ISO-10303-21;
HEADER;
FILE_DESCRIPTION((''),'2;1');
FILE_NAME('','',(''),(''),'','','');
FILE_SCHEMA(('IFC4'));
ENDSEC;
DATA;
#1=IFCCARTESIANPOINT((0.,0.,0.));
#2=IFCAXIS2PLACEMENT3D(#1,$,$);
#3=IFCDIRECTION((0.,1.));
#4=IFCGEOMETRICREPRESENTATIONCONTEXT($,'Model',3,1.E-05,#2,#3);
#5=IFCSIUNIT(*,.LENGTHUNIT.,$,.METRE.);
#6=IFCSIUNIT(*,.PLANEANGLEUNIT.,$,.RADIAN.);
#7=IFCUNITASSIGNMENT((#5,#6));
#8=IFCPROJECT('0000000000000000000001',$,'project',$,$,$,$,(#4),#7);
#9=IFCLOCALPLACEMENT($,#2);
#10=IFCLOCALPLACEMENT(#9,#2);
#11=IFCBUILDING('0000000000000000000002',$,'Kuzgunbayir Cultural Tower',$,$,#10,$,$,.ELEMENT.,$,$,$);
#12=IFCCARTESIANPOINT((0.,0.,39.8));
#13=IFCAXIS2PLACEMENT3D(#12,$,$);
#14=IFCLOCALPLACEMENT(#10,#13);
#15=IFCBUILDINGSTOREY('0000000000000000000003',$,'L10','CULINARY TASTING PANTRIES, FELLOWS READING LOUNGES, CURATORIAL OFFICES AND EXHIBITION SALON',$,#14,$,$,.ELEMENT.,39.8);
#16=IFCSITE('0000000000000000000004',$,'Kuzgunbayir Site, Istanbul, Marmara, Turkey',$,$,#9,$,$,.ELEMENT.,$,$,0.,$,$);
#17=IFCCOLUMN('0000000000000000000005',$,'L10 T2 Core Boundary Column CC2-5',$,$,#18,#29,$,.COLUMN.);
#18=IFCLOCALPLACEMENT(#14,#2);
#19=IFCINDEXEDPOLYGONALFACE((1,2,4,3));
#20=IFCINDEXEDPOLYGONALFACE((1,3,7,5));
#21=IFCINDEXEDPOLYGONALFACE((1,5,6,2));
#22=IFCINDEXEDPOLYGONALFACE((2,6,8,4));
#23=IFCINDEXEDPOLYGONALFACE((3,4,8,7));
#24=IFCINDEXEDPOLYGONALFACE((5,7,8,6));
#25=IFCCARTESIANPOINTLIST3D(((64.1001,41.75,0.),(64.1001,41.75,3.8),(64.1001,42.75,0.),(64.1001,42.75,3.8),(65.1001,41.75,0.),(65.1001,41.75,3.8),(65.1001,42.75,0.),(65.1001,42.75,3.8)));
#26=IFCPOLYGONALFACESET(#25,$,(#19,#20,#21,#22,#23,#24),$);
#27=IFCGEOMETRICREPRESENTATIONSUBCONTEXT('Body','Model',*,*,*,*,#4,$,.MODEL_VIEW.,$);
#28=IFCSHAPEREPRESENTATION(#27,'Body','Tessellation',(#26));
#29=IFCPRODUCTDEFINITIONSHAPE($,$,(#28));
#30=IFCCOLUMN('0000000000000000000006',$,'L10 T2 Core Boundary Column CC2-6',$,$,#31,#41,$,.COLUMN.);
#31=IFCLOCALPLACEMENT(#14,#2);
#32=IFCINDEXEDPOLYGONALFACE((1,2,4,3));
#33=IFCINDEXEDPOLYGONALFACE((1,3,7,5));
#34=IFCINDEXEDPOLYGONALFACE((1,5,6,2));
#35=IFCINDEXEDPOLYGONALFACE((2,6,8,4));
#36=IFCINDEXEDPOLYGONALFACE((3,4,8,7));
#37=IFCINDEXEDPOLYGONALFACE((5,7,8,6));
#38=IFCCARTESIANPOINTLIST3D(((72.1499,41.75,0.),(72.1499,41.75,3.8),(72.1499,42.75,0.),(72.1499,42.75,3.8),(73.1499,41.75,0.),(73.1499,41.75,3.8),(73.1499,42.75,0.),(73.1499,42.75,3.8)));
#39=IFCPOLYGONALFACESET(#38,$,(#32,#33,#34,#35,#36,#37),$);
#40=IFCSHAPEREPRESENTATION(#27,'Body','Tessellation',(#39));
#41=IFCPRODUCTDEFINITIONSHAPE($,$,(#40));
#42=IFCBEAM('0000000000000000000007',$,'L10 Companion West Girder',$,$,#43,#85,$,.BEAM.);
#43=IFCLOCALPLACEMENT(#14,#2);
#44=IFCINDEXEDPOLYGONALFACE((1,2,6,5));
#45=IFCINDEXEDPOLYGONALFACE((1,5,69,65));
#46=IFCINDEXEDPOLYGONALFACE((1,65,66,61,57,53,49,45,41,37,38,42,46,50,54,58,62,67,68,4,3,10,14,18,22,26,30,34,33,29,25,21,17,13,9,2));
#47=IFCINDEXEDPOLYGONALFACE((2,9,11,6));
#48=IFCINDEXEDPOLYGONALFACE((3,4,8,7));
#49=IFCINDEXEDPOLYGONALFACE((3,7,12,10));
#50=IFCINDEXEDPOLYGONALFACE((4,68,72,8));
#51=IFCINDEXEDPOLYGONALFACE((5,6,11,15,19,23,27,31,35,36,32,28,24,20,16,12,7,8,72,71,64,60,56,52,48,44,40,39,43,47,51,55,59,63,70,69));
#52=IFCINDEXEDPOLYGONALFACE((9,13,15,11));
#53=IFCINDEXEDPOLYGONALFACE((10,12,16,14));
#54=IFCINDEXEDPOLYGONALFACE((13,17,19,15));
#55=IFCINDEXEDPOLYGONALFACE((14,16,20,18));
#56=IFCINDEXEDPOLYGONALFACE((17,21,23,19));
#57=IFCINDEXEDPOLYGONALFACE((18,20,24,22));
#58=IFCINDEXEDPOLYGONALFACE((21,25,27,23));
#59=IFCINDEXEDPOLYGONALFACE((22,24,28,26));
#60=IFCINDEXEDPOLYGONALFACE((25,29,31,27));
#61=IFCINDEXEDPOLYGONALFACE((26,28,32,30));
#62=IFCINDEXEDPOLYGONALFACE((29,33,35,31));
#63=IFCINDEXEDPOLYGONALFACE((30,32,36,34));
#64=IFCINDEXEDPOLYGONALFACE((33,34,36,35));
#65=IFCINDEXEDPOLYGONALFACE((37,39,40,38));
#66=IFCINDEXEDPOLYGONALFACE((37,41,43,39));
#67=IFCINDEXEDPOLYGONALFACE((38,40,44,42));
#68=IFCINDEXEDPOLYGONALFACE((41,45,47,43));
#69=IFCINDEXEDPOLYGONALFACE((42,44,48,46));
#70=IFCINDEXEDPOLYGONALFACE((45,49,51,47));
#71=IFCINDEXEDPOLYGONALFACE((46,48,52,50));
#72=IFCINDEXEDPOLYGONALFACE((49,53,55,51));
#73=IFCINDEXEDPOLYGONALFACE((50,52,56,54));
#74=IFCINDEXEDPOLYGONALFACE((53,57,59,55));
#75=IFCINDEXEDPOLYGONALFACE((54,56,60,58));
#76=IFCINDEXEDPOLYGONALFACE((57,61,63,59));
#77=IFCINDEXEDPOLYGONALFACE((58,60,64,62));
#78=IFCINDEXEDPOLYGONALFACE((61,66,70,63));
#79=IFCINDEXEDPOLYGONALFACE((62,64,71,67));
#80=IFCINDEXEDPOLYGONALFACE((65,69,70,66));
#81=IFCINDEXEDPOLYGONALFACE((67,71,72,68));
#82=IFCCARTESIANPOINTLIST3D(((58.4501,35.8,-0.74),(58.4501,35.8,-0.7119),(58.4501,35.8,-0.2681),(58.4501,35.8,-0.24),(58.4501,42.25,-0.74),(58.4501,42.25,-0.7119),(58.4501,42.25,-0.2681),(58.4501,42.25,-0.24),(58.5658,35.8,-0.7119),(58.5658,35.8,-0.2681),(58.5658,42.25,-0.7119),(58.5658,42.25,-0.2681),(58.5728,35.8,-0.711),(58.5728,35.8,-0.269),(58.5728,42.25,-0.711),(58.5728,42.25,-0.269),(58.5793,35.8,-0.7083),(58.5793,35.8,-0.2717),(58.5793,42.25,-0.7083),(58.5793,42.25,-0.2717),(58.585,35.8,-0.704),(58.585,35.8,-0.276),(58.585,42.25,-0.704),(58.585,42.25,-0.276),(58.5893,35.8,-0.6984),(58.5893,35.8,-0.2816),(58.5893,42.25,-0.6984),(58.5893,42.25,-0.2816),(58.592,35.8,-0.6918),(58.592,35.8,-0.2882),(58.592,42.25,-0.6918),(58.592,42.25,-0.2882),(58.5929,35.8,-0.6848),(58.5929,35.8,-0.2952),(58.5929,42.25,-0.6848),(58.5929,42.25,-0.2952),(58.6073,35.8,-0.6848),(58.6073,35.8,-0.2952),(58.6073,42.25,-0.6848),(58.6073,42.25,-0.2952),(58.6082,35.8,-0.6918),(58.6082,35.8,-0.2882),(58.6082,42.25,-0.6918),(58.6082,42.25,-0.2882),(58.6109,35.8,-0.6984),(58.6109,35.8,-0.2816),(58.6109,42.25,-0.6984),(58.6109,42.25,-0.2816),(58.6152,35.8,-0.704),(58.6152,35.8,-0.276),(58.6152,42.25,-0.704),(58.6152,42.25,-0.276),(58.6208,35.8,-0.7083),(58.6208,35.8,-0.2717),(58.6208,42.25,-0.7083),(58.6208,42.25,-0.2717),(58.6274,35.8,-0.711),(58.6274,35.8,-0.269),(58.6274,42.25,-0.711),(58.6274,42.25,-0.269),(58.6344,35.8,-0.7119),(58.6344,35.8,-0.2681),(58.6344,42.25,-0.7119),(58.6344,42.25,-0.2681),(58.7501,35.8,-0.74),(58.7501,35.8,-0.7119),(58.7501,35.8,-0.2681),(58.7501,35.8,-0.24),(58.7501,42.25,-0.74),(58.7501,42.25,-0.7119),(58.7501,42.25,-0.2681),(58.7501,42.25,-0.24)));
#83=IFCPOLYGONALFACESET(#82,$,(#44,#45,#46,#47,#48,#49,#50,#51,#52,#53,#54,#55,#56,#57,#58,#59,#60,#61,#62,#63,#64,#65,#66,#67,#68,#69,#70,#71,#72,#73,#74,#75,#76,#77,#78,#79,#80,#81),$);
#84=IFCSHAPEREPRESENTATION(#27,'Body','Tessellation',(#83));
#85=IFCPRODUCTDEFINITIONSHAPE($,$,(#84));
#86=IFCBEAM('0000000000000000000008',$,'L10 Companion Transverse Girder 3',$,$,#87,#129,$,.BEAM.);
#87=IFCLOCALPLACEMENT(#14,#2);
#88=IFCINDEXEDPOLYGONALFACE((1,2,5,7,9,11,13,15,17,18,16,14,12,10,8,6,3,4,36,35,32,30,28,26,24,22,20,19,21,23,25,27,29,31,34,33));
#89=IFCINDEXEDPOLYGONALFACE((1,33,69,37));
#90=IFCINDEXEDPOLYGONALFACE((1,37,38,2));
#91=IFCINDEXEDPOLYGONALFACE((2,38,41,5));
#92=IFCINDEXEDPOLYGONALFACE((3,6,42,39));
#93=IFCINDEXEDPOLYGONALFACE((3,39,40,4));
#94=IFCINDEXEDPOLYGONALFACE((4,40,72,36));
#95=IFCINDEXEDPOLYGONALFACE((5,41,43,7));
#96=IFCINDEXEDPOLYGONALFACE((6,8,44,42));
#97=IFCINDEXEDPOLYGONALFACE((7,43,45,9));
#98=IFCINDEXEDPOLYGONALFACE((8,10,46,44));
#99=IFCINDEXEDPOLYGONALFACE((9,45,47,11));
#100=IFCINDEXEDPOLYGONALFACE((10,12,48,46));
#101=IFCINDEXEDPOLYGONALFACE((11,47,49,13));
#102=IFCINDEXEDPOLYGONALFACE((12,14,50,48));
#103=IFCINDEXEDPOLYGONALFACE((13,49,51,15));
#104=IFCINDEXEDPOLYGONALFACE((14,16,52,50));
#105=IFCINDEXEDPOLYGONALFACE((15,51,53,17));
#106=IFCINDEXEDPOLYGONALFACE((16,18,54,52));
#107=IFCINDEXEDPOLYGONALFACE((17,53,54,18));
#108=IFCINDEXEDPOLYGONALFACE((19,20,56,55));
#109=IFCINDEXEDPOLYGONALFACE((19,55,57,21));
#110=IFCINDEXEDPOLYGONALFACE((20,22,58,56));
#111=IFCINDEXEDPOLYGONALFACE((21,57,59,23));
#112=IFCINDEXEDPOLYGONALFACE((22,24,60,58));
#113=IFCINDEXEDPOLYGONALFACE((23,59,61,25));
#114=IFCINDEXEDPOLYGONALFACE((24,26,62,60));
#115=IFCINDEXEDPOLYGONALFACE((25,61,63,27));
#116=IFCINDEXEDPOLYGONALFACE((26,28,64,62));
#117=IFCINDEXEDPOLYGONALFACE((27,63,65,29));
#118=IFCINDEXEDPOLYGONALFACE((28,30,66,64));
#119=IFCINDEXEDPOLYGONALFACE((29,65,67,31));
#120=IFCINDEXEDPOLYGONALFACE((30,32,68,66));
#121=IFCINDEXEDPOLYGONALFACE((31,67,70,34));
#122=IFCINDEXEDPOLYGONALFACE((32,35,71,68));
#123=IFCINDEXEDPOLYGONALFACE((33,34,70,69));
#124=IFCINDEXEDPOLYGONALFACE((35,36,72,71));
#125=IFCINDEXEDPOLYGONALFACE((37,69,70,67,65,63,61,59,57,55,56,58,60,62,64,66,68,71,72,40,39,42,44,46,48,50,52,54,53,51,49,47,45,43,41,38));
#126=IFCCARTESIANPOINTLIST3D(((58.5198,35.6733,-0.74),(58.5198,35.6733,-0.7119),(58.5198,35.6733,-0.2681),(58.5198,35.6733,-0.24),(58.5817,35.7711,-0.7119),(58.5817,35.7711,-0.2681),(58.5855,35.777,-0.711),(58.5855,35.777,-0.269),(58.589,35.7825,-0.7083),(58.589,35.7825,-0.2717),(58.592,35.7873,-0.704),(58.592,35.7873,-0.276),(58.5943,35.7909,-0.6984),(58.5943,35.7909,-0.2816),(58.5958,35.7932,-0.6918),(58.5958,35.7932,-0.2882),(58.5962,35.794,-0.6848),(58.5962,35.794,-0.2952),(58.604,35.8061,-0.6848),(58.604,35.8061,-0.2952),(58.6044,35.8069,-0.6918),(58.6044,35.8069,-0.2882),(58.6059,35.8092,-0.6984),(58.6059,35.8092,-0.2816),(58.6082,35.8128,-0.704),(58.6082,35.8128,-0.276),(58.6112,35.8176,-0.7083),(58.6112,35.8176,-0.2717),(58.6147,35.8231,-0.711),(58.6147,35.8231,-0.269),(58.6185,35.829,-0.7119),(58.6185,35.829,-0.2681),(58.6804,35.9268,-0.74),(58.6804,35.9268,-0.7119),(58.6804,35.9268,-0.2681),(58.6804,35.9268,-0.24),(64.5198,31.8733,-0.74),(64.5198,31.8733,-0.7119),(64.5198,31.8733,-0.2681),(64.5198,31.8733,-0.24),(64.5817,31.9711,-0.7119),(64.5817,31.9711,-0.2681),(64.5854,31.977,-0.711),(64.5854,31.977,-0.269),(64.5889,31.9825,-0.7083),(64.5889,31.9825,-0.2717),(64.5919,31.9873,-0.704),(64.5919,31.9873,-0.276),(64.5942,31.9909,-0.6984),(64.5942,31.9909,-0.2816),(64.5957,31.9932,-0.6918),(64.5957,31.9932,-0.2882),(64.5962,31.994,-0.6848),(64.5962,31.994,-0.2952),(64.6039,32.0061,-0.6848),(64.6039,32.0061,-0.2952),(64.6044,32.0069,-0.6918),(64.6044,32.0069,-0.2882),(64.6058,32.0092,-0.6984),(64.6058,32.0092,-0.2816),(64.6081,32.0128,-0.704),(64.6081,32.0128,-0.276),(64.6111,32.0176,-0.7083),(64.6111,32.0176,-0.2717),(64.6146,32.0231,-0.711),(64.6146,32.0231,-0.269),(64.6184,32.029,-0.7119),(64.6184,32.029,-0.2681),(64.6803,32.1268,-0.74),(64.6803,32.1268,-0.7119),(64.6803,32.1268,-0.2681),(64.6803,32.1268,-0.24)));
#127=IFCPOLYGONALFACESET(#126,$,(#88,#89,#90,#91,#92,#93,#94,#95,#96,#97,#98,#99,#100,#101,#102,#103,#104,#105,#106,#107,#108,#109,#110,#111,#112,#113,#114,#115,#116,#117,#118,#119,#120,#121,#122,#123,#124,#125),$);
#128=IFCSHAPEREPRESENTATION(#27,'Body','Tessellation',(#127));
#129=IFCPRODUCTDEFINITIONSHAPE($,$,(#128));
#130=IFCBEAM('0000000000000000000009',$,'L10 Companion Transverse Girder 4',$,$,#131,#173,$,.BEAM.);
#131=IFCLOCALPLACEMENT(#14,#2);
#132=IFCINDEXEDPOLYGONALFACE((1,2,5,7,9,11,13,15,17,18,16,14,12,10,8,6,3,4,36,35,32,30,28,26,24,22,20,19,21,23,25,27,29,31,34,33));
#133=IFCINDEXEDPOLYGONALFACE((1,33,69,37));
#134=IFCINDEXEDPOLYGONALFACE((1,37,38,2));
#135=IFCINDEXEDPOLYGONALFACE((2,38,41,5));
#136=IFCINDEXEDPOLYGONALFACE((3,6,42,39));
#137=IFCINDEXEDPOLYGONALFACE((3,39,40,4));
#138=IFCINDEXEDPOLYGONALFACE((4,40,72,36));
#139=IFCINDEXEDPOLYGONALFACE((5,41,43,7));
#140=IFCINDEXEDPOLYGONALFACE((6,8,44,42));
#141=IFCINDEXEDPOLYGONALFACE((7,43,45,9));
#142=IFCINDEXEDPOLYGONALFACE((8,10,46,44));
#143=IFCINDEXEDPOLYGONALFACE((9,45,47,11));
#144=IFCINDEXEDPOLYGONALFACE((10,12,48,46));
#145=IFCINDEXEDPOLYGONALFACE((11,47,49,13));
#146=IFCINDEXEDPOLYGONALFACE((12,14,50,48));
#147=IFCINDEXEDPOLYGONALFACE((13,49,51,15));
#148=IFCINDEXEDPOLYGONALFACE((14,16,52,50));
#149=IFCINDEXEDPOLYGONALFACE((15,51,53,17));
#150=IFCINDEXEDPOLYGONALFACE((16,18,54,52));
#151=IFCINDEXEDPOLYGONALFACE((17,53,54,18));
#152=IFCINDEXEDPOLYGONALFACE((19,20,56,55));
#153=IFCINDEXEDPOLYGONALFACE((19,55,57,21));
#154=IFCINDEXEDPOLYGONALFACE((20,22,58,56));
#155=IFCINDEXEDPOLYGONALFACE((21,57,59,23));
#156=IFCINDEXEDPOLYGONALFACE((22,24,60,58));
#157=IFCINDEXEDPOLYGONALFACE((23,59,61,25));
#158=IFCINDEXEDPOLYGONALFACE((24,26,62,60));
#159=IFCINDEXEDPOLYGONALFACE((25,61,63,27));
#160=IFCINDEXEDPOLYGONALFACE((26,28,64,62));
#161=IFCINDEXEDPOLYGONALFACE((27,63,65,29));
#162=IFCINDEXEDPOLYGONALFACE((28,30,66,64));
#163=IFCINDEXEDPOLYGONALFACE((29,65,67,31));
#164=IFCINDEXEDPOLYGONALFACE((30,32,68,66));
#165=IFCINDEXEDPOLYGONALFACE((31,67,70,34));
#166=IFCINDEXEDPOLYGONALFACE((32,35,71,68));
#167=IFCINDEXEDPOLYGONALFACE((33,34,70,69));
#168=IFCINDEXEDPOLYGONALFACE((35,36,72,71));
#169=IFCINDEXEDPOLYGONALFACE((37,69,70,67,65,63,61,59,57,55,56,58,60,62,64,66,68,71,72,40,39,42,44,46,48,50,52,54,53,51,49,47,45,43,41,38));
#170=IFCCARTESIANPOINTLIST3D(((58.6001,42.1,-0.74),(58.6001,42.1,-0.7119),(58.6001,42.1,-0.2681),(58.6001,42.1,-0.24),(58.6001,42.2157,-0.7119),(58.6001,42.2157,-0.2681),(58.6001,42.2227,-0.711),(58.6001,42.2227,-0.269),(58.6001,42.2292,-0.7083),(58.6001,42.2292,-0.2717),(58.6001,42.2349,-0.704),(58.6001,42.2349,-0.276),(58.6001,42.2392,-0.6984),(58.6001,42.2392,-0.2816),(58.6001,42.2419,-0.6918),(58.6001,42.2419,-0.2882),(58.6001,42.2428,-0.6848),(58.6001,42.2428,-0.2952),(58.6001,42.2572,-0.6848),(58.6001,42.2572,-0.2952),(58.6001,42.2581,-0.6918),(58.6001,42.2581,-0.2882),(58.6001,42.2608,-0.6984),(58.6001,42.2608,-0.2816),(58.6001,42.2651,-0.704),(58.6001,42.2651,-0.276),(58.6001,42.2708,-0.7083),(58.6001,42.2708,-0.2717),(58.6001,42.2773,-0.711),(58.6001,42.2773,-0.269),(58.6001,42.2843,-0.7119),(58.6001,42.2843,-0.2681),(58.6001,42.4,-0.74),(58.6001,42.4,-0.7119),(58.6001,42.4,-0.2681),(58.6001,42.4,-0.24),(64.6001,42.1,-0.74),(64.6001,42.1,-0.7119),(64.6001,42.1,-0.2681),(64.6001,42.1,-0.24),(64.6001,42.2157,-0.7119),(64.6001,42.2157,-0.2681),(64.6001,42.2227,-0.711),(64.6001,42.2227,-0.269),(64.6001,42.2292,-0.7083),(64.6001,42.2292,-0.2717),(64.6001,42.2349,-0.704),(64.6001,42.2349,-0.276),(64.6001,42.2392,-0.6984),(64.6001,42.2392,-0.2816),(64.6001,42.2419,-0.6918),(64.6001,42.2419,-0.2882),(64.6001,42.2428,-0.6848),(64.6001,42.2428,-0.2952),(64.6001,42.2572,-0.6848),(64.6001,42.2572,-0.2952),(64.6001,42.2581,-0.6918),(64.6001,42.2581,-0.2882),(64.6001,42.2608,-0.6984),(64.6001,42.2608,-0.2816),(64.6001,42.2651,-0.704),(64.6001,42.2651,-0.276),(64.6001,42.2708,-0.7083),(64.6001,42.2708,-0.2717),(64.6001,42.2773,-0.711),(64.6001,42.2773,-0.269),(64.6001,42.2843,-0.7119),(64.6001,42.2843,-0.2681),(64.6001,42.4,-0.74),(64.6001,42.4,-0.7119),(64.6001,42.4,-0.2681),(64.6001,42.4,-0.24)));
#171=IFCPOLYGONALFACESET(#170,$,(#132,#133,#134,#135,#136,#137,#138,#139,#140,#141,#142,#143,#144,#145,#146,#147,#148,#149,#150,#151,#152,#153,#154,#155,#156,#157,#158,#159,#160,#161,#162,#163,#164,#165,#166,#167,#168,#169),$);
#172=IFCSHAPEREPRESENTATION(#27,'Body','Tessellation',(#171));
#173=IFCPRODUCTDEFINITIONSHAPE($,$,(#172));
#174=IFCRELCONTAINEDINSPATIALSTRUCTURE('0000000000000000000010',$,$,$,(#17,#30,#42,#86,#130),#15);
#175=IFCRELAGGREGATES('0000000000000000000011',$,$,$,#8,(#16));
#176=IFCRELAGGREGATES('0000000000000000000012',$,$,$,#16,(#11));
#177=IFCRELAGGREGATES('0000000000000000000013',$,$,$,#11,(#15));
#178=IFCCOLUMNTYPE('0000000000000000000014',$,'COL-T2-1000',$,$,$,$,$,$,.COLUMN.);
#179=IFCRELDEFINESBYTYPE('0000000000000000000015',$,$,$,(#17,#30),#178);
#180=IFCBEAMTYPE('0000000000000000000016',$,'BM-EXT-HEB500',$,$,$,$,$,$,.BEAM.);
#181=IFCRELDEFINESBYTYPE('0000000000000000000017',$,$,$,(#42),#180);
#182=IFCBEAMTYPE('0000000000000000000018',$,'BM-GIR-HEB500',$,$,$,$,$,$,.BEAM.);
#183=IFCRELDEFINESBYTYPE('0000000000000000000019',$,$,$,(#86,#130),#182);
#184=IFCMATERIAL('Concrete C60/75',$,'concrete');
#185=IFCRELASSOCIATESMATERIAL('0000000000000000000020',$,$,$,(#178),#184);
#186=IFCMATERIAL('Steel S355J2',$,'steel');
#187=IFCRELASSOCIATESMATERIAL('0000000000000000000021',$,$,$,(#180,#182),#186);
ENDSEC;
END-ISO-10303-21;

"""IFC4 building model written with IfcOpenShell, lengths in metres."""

from ifc_helpers import new_model, si_unit, direction, frame, origin, origin_2d, place, context, subcontext, project, spatial, rectangle, i_section, extrude, material, material_profile, profile_set, type_object, element, save


model = new_model("IFC4")

# Units and contexts
model_context = context("Model", 3, precision=1e-05, world=origin(), true_north=direction((0.0, 1.0)))
body_context = subcontext(model_context, "Body", "Model", "MODEL_VIEW")
ifc_project = project(units=[si_unit("LENGTHUNIT", "METRE"), si_unit("PLANEANGLEUNIT", "RADIAN")], contexts=[model_context])

# Site, building, storey
site_placement = place(None, origin())
site = spatial("IfcSite", under=ifc_project, at=site_placement, Name="Kuzgunbayir Site, Istanbul, Marmara, Turkey", CompositionType="ELEMENT", RefElevation=0.0)
building_placement = place(site_placement, origin())
building = spatial("IfcBuilding", under=site, at=building_placement, Name="Kuzgunbayir Cultural Tower", CompositionType="ELEMENT")
storey_placement = place(building_placement, frame((0.0, 0.0, 39.8)))
storey = spatial("IfcBuildingStorey", under=building, at=storey_placement, Name="L10", Description="CULINARY TASTING PANTRIES, FELLOWS READING LOUNGES, CURATORIAL OFFICES AND EXHIBITION SALON", CompositionType="ELEMENT", Elevation=39.8)

# Columns
ifc_material_1 = material(Name="Concrete C60/75", Category="concrete")
ifc_material_profile_1 = material_profile(ifc_material_1, rectangle(XDim=1.0, YDim=1.0, at=origin_2d()), Name="RC 1000x1000")
ifc_profile_set_1 = profile_set([ifc_material_profile_1], Name="Concrete C60/75")
column_type = type_object("IfcColumnType", Name="COL-T2-1000", PredefinedType="COLUMN", material=ifc_profile_set_1)
for number, where, z_axis, x_axis, name in (
    (1, (64.6001, 42.25, 0.0), (0.0, 0.0, 1.0), (1.0, 0.0, 0.0), "L10 T2 Core Boundary Column CC2-5"),
    (2, (72.6499, 42.25, 0.0), (0.0, 0.0, 1.0), (1.0, 0.0, 0.0), "L10 T2 Core Boundary Column CC2-6"),
):
    element("IfcColumn", number, at=place(storey_placement, frame(where, z_axis=z_axis, x_axis=x_axis)), inside=storey, type_object=column_type, Name=name, PredefinedType="COLUMN", context=body_context, shape_type="SweptSolid", body=[
        extrude(rectangle(XDim=1.0, YDim=1.0, at=origin_2d()), origin(), (0.0, 0.0, 1.0), 3.8),
    ])

# Beams
ifc_material_2 = material(Name="Steel S355J2", Category="steel")
ifc_material_profile_2 = material_profile(ifc_material_2, i_section(OverallWidth=0.3, OverallDepth=0.5, WebThickness=0.0144, FlangeThickness=0.0281, FilletRadius=0.0271, at=origin_2d()), Name="HEB 500")
ifc_profile_set_2 = profile_set([ifc_material_profile_2], Name="Steel S355J2")
beam_type_1 = type_object("IfcBeamType", Name="BM-EXT-HEB500", PredefinedType="BEAM", material=ifc_profile_set_2)
beam_1_placement = place(storey_placement, frame((58.6001, 35.8, -0.49), z_axis=(0.0, 1.0, 0.0), x_axis=(-1.0, 0.0, 0.0)))
element("IfcBeam", 3, at=beam_1_placement, inside=storey, type_object=beam_type_1, Name="L10 Companion West Girder", PredefinedType="BEAM", context=body_context, shape_type="SweptSolid", body=[
    extrude(i_section(OverallWidth=0.3, OverallDepth=0.5, WebThickness=0.0144, FlangeThickness=0.0281, FilletRadius=0.0271, at=origin_2d()), origin(), (0.0, 0.0, 1.0), 6.45),
])
ifc_material_profile_3 = material_profile(ifc_material_2, i_section(OverallWidth=0.3, OverallDepth=0.5, WebThickness=0.0144, FlangeThickness=0.0281, FilletRadius=0.0271, at=origin_2d()), Name="HEB 500")
ifc_profile_set_3 = profile_set([ifc_material_profile_3], Name="Steel S355J2")
beam_type_2 = type_object("IfcBeamType", Name="BM-GIR-HEB500", PredefinedType="BEAM", material=ifc_profile_set_3)
beam_2_placement = place(storey_placement, frame((58.6001, 35.8, -0.49), z_axis=(0.844816, -0.535057, 0.0), x_axis=(0.535057, 0.844816, 0.0)))
element("IfcBeam", 4, at=beam_2_placement, inside=storey, type_object=beam_type_2, Name="L10 Companion Transverse Girder 3", PredefinedType="BEAM", context=body_context, shape_type="SweptSolid", body=[
    extrude(i_section(OverallWidth=0.3, OverallDepth=0.5, WebThickness=0.0144, FlangeThickness=0.0281, FilletRadius=0.0271, at=origin_2d()), origin(), (0.0, 0.0, 1.0), 7.1021),
])
beam_3_placement = place(storey_placement, frame((58.6001, 42.25, -0.49), z_axis=(1.0, 0.0, 0.0), x_axis=(0.0, 1.0, 0.0)))
element("IfcBeam", 5, at=beam_3_placement, inside=storey, type_object=beam_type_2, Name="L10 Companion Transverse Girder 4", PredefinedType="BEAM", context=body_context, shape_type="SweptSolid", body=[
    extrude(i_section(OverallWidth=0.3, OverallDepth=0.5, WebThickness=0.0144, FlangeThickness=0.0281, FilletRadius=0.0271, at=origin_2d()), origin(), (0.0, 0.0, 1.0), 6.0),
])

save(model, "model.ifc")
